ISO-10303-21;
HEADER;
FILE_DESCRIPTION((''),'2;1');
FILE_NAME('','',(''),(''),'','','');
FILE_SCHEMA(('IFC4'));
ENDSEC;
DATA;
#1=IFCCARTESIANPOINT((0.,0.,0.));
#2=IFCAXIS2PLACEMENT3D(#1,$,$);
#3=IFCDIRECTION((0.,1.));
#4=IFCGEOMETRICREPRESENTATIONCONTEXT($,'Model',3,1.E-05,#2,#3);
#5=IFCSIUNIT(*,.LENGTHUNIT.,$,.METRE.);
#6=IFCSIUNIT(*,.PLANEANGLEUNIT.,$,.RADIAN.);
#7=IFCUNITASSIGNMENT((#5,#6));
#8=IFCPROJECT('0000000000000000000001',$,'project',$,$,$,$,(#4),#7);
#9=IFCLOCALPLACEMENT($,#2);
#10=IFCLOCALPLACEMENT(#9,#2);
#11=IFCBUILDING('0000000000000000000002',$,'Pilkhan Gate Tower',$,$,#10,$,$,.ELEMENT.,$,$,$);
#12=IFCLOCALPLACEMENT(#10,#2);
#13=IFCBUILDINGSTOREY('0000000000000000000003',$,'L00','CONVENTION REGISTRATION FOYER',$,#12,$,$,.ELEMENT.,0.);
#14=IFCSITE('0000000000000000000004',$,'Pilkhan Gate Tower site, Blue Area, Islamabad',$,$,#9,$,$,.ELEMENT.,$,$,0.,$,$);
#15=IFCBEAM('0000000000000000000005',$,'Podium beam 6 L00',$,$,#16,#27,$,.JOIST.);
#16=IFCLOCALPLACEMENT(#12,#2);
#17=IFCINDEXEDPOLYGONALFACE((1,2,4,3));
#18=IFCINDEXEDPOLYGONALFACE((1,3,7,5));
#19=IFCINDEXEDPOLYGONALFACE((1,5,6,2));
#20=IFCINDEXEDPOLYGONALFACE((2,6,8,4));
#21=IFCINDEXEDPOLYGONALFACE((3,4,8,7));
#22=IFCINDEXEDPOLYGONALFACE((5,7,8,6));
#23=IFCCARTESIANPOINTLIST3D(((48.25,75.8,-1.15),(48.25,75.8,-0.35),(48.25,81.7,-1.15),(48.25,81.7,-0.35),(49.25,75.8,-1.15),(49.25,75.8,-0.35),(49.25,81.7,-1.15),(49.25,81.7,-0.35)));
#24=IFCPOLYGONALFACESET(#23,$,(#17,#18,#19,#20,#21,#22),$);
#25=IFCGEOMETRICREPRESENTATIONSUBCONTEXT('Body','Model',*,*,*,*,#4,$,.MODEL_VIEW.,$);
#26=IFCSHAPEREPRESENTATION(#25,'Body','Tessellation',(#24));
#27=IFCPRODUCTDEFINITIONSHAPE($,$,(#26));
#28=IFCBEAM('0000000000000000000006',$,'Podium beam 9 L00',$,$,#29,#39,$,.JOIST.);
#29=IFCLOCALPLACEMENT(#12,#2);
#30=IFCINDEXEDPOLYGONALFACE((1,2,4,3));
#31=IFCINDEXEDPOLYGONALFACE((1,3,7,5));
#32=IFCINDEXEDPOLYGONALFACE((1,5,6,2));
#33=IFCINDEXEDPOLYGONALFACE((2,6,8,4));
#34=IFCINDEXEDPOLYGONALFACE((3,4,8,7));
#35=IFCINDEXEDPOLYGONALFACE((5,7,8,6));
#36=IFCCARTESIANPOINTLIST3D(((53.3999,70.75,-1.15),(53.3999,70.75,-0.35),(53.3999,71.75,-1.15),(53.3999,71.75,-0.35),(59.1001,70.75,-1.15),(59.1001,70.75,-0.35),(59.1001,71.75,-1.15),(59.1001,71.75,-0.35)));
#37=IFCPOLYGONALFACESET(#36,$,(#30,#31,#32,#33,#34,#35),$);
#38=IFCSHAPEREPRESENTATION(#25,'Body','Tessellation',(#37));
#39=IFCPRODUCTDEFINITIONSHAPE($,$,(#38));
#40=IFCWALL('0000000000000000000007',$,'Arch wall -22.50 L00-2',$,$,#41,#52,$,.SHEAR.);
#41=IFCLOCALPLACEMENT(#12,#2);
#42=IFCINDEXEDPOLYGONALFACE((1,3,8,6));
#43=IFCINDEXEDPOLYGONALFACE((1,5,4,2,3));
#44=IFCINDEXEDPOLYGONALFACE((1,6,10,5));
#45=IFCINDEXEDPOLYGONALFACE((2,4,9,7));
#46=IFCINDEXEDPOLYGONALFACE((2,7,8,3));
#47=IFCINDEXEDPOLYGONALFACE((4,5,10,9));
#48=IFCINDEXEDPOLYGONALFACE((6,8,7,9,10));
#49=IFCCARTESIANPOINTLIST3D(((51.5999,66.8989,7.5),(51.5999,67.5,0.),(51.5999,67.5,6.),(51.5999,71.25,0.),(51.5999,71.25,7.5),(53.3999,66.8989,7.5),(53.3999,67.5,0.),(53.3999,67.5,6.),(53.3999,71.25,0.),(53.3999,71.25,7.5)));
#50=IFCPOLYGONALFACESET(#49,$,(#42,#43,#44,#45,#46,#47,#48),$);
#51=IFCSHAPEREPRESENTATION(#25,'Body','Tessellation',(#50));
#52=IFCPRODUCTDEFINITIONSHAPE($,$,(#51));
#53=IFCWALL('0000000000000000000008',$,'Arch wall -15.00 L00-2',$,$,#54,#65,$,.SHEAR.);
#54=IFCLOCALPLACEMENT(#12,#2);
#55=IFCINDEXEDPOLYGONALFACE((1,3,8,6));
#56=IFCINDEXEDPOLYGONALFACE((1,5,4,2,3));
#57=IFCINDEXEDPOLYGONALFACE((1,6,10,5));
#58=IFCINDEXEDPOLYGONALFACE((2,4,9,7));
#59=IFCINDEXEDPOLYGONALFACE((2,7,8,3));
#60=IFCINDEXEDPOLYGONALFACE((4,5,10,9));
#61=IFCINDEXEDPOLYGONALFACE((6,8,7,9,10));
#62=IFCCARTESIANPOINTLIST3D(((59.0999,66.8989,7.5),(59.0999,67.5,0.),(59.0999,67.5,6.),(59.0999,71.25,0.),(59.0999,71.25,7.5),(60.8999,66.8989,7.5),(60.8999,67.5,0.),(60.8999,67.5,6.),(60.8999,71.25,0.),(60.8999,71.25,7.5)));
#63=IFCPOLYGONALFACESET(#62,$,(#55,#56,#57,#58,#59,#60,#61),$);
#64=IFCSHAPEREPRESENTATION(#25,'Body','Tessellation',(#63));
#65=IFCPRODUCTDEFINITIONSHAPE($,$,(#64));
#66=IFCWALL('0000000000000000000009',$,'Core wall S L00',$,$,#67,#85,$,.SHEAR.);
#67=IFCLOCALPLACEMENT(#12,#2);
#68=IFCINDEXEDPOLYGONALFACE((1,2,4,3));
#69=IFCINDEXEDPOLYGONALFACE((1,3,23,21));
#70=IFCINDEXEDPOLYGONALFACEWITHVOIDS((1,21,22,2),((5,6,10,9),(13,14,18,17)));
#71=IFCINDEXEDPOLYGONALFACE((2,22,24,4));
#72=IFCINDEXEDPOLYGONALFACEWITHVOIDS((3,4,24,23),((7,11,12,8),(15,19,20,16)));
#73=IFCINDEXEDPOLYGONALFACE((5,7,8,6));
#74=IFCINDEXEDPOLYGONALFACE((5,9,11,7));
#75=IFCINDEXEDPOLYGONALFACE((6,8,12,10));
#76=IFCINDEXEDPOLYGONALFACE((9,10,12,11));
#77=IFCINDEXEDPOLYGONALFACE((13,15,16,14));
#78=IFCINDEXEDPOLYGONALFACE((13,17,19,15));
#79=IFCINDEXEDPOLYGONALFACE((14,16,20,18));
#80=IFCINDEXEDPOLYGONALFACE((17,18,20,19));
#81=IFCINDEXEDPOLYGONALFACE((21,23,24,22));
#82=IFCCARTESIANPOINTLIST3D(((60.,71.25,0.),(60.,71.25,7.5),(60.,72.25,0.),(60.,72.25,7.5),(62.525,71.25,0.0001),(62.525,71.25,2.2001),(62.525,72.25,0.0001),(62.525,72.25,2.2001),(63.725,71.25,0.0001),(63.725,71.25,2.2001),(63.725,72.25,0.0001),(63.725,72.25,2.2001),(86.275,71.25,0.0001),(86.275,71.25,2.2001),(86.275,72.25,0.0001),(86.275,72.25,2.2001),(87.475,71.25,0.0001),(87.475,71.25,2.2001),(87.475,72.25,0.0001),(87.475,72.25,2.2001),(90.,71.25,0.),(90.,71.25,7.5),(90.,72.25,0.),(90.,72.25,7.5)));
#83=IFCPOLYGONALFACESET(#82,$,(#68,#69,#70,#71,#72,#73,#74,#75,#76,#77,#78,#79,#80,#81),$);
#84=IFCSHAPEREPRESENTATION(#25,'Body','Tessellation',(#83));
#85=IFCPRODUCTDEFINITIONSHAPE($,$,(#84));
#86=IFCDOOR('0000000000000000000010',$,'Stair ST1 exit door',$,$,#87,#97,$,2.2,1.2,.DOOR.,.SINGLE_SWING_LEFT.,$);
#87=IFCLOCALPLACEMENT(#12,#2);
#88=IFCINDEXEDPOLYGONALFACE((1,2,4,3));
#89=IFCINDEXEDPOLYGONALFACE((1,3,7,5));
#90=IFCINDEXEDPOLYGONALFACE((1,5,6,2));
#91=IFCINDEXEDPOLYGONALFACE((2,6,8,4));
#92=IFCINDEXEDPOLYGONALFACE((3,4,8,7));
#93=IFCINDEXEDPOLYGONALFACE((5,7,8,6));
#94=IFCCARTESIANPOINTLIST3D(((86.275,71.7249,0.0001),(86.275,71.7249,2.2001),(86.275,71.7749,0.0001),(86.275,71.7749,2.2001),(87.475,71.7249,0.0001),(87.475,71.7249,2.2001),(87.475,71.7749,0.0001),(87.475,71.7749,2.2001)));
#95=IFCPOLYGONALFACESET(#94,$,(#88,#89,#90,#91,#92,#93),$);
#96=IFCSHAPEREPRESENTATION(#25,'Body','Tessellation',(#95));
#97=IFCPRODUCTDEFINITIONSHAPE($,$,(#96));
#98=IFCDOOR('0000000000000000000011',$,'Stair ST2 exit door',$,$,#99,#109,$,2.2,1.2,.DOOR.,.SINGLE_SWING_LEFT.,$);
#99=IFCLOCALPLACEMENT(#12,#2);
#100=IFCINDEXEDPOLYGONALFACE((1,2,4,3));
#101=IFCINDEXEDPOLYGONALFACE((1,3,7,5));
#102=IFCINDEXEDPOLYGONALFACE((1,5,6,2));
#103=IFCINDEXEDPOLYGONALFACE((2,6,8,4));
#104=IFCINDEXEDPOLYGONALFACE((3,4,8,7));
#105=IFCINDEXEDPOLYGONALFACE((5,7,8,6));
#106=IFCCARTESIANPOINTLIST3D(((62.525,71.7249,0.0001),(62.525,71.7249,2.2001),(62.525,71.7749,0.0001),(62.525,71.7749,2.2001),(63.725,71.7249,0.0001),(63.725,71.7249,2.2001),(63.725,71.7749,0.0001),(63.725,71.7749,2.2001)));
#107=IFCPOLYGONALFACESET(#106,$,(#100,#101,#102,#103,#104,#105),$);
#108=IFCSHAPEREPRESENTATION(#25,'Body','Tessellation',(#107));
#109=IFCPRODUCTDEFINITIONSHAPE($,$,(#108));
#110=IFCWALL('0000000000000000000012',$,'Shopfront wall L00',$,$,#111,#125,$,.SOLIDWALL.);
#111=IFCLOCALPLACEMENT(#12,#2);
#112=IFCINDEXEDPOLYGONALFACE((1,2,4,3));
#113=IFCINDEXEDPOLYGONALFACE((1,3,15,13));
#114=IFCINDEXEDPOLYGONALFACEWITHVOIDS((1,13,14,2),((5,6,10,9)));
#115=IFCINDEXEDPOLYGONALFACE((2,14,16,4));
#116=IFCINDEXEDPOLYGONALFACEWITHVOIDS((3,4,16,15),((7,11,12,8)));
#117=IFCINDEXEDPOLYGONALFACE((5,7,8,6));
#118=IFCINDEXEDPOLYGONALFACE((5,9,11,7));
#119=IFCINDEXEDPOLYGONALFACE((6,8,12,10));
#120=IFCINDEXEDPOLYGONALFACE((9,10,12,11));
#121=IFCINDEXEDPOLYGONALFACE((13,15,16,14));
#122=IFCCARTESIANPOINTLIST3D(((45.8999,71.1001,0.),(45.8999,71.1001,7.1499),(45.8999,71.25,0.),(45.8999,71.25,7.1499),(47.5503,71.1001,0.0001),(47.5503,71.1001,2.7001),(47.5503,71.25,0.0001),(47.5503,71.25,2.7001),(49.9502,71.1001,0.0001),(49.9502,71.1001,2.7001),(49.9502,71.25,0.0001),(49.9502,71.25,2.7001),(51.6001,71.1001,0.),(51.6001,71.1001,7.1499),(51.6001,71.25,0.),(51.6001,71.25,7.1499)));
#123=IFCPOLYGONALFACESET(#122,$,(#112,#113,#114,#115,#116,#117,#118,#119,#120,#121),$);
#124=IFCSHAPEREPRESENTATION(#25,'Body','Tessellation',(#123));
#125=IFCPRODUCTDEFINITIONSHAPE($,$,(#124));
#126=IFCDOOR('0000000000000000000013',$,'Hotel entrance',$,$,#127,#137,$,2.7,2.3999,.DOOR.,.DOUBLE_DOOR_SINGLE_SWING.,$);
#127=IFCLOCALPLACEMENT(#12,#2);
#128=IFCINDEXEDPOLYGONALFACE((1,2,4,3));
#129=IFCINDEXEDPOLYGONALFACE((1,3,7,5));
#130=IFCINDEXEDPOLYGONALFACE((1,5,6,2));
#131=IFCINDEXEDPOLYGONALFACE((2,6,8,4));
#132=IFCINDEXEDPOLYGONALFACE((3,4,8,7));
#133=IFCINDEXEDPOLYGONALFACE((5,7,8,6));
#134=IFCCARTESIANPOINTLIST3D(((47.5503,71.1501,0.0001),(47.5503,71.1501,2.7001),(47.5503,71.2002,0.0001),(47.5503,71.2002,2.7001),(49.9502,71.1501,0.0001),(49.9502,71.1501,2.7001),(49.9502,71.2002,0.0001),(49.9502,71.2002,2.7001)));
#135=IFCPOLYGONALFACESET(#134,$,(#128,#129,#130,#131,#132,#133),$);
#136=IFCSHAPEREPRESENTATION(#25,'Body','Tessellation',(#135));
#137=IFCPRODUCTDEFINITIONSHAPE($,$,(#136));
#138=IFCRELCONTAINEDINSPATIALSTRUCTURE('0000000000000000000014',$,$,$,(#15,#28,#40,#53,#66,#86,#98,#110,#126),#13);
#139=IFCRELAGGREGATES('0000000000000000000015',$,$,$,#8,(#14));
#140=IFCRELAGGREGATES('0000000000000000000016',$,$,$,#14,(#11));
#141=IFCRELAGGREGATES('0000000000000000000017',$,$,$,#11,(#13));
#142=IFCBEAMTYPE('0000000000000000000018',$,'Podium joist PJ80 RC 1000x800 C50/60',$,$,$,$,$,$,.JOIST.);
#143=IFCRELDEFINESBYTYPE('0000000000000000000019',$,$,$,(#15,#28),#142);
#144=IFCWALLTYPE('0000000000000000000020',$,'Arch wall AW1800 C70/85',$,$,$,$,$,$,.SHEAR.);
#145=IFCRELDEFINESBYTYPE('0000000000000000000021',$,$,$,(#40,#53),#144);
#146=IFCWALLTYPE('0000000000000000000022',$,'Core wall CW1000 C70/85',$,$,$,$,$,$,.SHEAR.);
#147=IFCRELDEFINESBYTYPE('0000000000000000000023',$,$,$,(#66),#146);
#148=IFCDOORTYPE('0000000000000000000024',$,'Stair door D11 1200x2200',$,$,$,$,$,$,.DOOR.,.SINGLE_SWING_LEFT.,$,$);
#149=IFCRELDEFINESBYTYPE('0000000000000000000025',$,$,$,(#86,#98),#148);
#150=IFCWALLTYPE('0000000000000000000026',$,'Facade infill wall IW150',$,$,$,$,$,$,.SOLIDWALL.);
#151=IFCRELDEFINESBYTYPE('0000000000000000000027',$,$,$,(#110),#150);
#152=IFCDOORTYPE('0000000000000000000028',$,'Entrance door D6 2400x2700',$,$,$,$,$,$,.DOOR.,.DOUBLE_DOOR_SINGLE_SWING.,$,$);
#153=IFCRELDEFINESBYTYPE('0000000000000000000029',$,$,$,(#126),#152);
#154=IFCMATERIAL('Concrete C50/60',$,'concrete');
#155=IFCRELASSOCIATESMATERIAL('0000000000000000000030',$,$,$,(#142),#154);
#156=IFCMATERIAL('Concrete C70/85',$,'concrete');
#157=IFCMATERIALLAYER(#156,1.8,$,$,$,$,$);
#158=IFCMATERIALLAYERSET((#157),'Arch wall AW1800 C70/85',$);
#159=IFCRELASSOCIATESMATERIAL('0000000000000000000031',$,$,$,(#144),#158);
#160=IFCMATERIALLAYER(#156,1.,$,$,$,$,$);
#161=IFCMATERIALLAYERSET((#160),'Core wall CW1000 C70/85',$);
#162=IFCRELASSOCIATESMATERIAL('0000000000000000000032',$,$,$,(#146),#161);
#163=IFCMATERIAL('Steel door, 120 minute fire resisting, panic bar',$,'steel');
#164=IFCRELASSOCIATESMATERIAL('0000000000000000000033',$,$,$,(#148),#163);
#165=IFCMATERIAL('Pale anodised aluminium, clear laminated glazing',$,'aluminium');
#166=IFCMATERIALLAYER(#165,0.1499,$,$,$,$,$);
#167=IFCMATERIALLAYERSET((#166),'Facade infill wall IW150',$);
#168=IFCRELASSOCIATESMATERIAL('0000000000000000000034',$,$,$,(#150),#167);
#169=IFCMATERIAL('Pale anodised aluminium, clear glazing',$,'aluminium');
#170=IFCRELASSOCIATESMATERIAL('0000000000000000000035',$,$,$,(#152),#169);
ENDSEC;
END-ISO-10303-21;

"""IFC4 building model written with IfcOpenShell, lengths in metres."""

from ifc_helpers import new_model, si_unit, direction, frame, frame_2d, origin, origin_2d, place, context, subcontext, project, spatial, polyline, rectangle, outline, extrude, material, layer, layer_set, material_profile, profile_set, type_object, element, fill, save


model = new_model("IFC4")

# Units and contexts
model_context = context("Model", 3, precision=1e-05, world=origin(), true_north=direction((0.0, 1.0)))
body_context = subcontext(model_context, "Body", "Model", "MODEL_VIEW")
ifc_project = project(units=[si_unit("LENGTHUNIT", "METRE"), si_unit("PLANEANGLEUNIT", "RADIAN")], contexts=[model_context])

# Site, building, storey
site_placement = place(None, origin())
site = spatial("IfcSite", under=ifc_project, at=site_placement, Name="Pilkhan Gate Tower site, Blue Area, Islamabad", CompositionType="ELEMENT", RefElevation=0.0)
building_placement = place(site_placement, origin())
building = spatial("IfcBuilding", under=site, at=building_placement, Name="Pilkhan Gate Tower", CompositionType="ELEMENT")
storey_placement = place(building_placement, origin())
storey = spatial("IfcBuildingStorey", under=building, at=storey_placement, Name="L00", Description="CONVENTION REGISTRATION FOYER", CompositionType="ELEMENT", Elevation=0.0)

# Beams
ifc_material_1 = material(Name="Concrete C50/60", Category="concrete")
ifc_material_profile = material_profile(ifc_material_1, rectangle(XDim=1.0, YDim=0.8, at=origin_2d()), Name="RC 1000x800")
ifc_profile_set = profile_set([ifc_material_profile], Name="Concrete C50/60")
beam_type = type_object("IfcBeamType", Name="Podium joist PJ80 RC 1000x800 C50/60", PredefinedType="JOIST", material=ifc_profile_set)
beam_1_placement = place(storey_placement, frame((48.75, 75.8, -0.75), z_axis=(0.0, 1.0, 0.0), x_axis=(-1.0, 0.0, 0.0)))
element("IfcBeam", 1, at=beam_1_placement, inside=storey, type_object=beam_type, Name="Podium beam 6 L00", PredefinedType="JOIST", context=body_context, shape_type="SweptSolid", body=[
    extrude(rectangle(XDim=1.0, YDim=0.8, at=origin_2d()), origin(), (0.0, 0.0, 1.0), 5.8999),
])
beam_2_placement = place(storey_placement, frame((53.3999, 71.25, -0.75), z_axis=(1.0, 0.0, 0.0), x_axis=(0.0, 1.0, 0.0)))
element("IfcBeam", 2, at=beam_2_placement, inside=storey, type_object=beam_type, Name="Podium beam 9 L00", PredefinedType="JOIST", context=body_context, shape_type="SweptSolid", body=[
    extrude(rectangle(XDim=1.0, YDim=0.8, at=origin_2d()), origin(), (0.0, 0.0, 1.0), 5.7002),
])

# Walls
ifc_material_2 = material(Name="Concrete C70/85", Category="concrete")
ifc_layer_1 = layer(ifc_material_2, 1.8)
ifc_layer_set_1 = layer_set([ifc_layer_1], Name="Arch wall AW1800 C70/85")
wall_type_1 = type_object("IfcWallType", Name="Arch wall AW1800 C70/85", PredefinedType="SHEAR", material=ifc_layer_set_1)
for number, where, z_axis, x_axis, name in (
    (3, (53.3999, 71.25, 7.5), (1.0, 0.0, 0.0), (0.0, -1.0, 0.0), "Arch wall -22.50 L00-2"),
    (4, (60.8999, 71.25, 7.5), (1.0, 0.0, 0.0), (0.0, -1.0, 0.0), "Arch wall -15.00 L00-2"),
):
    element("IfcWall", number, at=place(storey_placement, frame(where, z_axis=z_axis, x_axis=x_axis)), inside=storey, type_object=wall_type_1, Name=name, PredefinedType="SHEAR", context=body_context, shape_type="SweptSolid", body=[
        extrude(outline(polyline([(0.0, 0.0), (4.3511, 0.0), (3.75, 1.5), (3.75, 7.5), (0.0, 7.5), (0.0, 0.0)])), origin(), (0.0, 0.0, -1.0), 1.8),
    ])

# Wall, openings, doors
ifc_layer_2 = layer(ifc_material_2, 1.0)
ifc_layer_set_2 = layer_set([ifc_layer_2], Name="Core wall CW1000 C70/85")
wall_type_2 = type_object("IfcWallType", Name="Core wall CW1000 C70/85", PredefinedType="SHEAR", material=ifc_layer_set_2)
wall_1_placement = place(storey_placement, frame((60.0, 71.75, 0.0), z_axis=(0.0, 0.0, 1.0), x_axis=(1.0, 0.0, 0.0)))
wall_1 = element("IfcWall", 5, at=wall_1_placement, inside=storey, type_object=wall_type_2, Name="Core wall S L00", PredefinedType="SHEAR", context=body_context, shape_type="SweptSolid", body=[
    extrude(rectangle(XDim=30.0, YDim=1.0, at=frame_2d((15.0, 0.0))), origin(), (0.0, 0.0, 1.0), 7.5),
])
opening_1_placement = place(wall_1_placement, frame((26.2749, 0.0, 0.0)))
opening_1 = element("IfcOpeningElement", 6, at=opening_1_placement, cuts=wall_1, PredefinedType="OPENING", context=body_context, shape_type="SweptSolid", body=[
    extrude(rectangle(XDim=1.2, YDim=2.2, at=frame_2d((0.6001, 1.1001))), frame((0.0, 0.51, 0.0), z_axis=(0.0, -1.0, 0.0), x_axis=(1.0, 0.0, 0.0)), (0.0, 0.0, 1.0), 1.02),
])
opening_2_placement = place(wall_1_placement, frame((2.5249, 0.0, 0.0)))
opening_2 = element("IfcOpeningElement", 7, at=opening_2_placement, cuts=wall_1, PredefinedType="OPENING", context=body_context, shape_type="SweptSolid", body=[
    extrude(rectangle(XDim=1.2, YDim=2.2, at=frame_2d((0.6001, 1.1001))), frame((0.0, 0.51, 0.0), z_axis=(0.0, -1.0, 0.0), x_axis=(1.0, 0.0, 0.0)), (0.0, 0.0, 1.0), 1.02),
])
ifc_material_3 = material(Name="Steel door, 120 minute fire resisting, panic bar", Category="steel")
door_type_1 = type_object("IfcDoorType", Name="Stair door D11 1200x2200", OperationType="SINGLE_SWING_LEFT", PredefinedType="DOOR", material=ifc_material_3)
door_1_placement = place(opening_1_placement, origin())
door_1 = element("IfcDoor", 8, at=door_1_placement, inside=storey, type_object=door_type_1, Name="Stair ST1 exit door", OperationType="SINGLE_SWING_LEFT", OverallHeight=2.2, OverallWidth=1.2, PredefinedType="DOOR", context=body_context, shape_type="SweptSolid", body=[
    extrude(rectangle(XDim=1.2, YDim=2.2, at=frame_2d((0.6001, 1.1001))), frame((0.0, 0.0249, 0.0), z_axis=(0.0, -1.0, 0.0), x_axis=(1.0, 0.0, 0.0)), (0.0, 0.0, 1.0), 0.05),
])
fill(opening_1, door_1)
door_2_placement = place(opening_2_placement, origin())
door_2 = element("IfcDoor", 9, at=door_2_placement, inside=storey, type_object=door_type_1, Name="Stair ST2 exit door", OperationType="SINGLE_SWING_LEFT", OverallHeight=2.2, OverallWidth=1.2, PredefinedType="DOOR", context=body_context, shape_type="SweptSolid", body=[
    extrude(rectangle(XDim=1.2, YDim=2.2, at=frame_2d((0.6001, 1.1001))), frame((0.0, 0.0249, 0.0), z_axis=(0.0, -1.0, 0.0), x_axis=(1.0, 0.0, 0.0)), (0.0, 0.0, 1.0), 0.05),
])
fill(opening_2, door_2)

# Wall, opening, door
ifc_material_4 = material(Name="Pale anodised aluminium, clear laminated glazing", Category="aluminium")
ifc_layer_3 = layer(ifc_material_4, 0.1499)
ifc_layer_set_3 = layer_set([ifc_layer_3], Name="Facade infill wall IW150")
wall_type_3 = type_object("IfcWallType", Name="Facade infill wall IW150", PredefinedType="SOLIDWALL", material=ifc_layer_set_3)
wall_2_placement = place(storey_placement, frame((51.6001, 71.175, 0.0), z_axis=(0.0, 0.0, 1.0), x_axis=(-1.0, 0.0, 0.0)))
wall_2 = element("IfcWall", 10, at=wall_2_placement, inside=storey, type_object=wall_type_3, Name="Shopfront wall L00", PredefinedType="SOLIDWALL", context=body_context, shape_type="SweptSolid", body=[
    extrude(rectangle(XDim=5.7002, YDim=0.1499, at=frame_2d((2.8501, 0.0))), origin(), (0.0, 0.0, 1.0), 7.1499),
])
opening_3_placement = place(wall_2_placement, frame((1.6499, 0.0, 0.0)))
opening_3 = element("IfcOpeningElement", 11, at=opening_3_placement, cuts=wall_2, PredefinedType="OPENING", context=body_context, shape_type="SweptSolid", body=[
    extrude(rectangle(XDim=2.3999, YDim=2.7, at=frame_2d((1.2, 1.3501))), frame((0.0, 0.085, 0.0), z_axis=(0.0, -1.0, 0.0), x_axis=(1.0, 0.0, 0.0)), (0.0, 0.0, 1.0), 0.1699),
])
ifc_material_5 = material(Name="Pale anodised aluminium, clear glazing", Category="aluminium")
door_type_2 = type_object("IfcDoorType", Name="Entrance door D6 2400x2700", OperationType="DOUBLE_DOOR_SINGLE_SWING", PredefinedType="DOOR", material=ifc_material_5)
door_3_placement = place(opening_3_placement, origin())
door_3 = element("IfcDoor", 12, at=door_3_placement, inside=storey, type_object=door_type_2, Name="Hotel entrance", OperationType="DOUBLE_DOOR_SINGLE_SWING", OverallHeight=2.7, OverallWidth=2.3999, PredefinedType="DOOR", context=body_context, shape_type="SweptSolid", body=[
    extrude(rectangle(XDim=2.3999, YDim=2.7, at=frame_2d((1.2, 1.3501))), frame((0.0, 0.0249, 0.0), z_axis=(0.0, -1.0, 0.0), x_axis=(1.0, 0.0, 0.0)), (0.0, 0.0, 1.0), 0.05),
])
fill(opening_3, door_3)

save(model, "model.ifc")
